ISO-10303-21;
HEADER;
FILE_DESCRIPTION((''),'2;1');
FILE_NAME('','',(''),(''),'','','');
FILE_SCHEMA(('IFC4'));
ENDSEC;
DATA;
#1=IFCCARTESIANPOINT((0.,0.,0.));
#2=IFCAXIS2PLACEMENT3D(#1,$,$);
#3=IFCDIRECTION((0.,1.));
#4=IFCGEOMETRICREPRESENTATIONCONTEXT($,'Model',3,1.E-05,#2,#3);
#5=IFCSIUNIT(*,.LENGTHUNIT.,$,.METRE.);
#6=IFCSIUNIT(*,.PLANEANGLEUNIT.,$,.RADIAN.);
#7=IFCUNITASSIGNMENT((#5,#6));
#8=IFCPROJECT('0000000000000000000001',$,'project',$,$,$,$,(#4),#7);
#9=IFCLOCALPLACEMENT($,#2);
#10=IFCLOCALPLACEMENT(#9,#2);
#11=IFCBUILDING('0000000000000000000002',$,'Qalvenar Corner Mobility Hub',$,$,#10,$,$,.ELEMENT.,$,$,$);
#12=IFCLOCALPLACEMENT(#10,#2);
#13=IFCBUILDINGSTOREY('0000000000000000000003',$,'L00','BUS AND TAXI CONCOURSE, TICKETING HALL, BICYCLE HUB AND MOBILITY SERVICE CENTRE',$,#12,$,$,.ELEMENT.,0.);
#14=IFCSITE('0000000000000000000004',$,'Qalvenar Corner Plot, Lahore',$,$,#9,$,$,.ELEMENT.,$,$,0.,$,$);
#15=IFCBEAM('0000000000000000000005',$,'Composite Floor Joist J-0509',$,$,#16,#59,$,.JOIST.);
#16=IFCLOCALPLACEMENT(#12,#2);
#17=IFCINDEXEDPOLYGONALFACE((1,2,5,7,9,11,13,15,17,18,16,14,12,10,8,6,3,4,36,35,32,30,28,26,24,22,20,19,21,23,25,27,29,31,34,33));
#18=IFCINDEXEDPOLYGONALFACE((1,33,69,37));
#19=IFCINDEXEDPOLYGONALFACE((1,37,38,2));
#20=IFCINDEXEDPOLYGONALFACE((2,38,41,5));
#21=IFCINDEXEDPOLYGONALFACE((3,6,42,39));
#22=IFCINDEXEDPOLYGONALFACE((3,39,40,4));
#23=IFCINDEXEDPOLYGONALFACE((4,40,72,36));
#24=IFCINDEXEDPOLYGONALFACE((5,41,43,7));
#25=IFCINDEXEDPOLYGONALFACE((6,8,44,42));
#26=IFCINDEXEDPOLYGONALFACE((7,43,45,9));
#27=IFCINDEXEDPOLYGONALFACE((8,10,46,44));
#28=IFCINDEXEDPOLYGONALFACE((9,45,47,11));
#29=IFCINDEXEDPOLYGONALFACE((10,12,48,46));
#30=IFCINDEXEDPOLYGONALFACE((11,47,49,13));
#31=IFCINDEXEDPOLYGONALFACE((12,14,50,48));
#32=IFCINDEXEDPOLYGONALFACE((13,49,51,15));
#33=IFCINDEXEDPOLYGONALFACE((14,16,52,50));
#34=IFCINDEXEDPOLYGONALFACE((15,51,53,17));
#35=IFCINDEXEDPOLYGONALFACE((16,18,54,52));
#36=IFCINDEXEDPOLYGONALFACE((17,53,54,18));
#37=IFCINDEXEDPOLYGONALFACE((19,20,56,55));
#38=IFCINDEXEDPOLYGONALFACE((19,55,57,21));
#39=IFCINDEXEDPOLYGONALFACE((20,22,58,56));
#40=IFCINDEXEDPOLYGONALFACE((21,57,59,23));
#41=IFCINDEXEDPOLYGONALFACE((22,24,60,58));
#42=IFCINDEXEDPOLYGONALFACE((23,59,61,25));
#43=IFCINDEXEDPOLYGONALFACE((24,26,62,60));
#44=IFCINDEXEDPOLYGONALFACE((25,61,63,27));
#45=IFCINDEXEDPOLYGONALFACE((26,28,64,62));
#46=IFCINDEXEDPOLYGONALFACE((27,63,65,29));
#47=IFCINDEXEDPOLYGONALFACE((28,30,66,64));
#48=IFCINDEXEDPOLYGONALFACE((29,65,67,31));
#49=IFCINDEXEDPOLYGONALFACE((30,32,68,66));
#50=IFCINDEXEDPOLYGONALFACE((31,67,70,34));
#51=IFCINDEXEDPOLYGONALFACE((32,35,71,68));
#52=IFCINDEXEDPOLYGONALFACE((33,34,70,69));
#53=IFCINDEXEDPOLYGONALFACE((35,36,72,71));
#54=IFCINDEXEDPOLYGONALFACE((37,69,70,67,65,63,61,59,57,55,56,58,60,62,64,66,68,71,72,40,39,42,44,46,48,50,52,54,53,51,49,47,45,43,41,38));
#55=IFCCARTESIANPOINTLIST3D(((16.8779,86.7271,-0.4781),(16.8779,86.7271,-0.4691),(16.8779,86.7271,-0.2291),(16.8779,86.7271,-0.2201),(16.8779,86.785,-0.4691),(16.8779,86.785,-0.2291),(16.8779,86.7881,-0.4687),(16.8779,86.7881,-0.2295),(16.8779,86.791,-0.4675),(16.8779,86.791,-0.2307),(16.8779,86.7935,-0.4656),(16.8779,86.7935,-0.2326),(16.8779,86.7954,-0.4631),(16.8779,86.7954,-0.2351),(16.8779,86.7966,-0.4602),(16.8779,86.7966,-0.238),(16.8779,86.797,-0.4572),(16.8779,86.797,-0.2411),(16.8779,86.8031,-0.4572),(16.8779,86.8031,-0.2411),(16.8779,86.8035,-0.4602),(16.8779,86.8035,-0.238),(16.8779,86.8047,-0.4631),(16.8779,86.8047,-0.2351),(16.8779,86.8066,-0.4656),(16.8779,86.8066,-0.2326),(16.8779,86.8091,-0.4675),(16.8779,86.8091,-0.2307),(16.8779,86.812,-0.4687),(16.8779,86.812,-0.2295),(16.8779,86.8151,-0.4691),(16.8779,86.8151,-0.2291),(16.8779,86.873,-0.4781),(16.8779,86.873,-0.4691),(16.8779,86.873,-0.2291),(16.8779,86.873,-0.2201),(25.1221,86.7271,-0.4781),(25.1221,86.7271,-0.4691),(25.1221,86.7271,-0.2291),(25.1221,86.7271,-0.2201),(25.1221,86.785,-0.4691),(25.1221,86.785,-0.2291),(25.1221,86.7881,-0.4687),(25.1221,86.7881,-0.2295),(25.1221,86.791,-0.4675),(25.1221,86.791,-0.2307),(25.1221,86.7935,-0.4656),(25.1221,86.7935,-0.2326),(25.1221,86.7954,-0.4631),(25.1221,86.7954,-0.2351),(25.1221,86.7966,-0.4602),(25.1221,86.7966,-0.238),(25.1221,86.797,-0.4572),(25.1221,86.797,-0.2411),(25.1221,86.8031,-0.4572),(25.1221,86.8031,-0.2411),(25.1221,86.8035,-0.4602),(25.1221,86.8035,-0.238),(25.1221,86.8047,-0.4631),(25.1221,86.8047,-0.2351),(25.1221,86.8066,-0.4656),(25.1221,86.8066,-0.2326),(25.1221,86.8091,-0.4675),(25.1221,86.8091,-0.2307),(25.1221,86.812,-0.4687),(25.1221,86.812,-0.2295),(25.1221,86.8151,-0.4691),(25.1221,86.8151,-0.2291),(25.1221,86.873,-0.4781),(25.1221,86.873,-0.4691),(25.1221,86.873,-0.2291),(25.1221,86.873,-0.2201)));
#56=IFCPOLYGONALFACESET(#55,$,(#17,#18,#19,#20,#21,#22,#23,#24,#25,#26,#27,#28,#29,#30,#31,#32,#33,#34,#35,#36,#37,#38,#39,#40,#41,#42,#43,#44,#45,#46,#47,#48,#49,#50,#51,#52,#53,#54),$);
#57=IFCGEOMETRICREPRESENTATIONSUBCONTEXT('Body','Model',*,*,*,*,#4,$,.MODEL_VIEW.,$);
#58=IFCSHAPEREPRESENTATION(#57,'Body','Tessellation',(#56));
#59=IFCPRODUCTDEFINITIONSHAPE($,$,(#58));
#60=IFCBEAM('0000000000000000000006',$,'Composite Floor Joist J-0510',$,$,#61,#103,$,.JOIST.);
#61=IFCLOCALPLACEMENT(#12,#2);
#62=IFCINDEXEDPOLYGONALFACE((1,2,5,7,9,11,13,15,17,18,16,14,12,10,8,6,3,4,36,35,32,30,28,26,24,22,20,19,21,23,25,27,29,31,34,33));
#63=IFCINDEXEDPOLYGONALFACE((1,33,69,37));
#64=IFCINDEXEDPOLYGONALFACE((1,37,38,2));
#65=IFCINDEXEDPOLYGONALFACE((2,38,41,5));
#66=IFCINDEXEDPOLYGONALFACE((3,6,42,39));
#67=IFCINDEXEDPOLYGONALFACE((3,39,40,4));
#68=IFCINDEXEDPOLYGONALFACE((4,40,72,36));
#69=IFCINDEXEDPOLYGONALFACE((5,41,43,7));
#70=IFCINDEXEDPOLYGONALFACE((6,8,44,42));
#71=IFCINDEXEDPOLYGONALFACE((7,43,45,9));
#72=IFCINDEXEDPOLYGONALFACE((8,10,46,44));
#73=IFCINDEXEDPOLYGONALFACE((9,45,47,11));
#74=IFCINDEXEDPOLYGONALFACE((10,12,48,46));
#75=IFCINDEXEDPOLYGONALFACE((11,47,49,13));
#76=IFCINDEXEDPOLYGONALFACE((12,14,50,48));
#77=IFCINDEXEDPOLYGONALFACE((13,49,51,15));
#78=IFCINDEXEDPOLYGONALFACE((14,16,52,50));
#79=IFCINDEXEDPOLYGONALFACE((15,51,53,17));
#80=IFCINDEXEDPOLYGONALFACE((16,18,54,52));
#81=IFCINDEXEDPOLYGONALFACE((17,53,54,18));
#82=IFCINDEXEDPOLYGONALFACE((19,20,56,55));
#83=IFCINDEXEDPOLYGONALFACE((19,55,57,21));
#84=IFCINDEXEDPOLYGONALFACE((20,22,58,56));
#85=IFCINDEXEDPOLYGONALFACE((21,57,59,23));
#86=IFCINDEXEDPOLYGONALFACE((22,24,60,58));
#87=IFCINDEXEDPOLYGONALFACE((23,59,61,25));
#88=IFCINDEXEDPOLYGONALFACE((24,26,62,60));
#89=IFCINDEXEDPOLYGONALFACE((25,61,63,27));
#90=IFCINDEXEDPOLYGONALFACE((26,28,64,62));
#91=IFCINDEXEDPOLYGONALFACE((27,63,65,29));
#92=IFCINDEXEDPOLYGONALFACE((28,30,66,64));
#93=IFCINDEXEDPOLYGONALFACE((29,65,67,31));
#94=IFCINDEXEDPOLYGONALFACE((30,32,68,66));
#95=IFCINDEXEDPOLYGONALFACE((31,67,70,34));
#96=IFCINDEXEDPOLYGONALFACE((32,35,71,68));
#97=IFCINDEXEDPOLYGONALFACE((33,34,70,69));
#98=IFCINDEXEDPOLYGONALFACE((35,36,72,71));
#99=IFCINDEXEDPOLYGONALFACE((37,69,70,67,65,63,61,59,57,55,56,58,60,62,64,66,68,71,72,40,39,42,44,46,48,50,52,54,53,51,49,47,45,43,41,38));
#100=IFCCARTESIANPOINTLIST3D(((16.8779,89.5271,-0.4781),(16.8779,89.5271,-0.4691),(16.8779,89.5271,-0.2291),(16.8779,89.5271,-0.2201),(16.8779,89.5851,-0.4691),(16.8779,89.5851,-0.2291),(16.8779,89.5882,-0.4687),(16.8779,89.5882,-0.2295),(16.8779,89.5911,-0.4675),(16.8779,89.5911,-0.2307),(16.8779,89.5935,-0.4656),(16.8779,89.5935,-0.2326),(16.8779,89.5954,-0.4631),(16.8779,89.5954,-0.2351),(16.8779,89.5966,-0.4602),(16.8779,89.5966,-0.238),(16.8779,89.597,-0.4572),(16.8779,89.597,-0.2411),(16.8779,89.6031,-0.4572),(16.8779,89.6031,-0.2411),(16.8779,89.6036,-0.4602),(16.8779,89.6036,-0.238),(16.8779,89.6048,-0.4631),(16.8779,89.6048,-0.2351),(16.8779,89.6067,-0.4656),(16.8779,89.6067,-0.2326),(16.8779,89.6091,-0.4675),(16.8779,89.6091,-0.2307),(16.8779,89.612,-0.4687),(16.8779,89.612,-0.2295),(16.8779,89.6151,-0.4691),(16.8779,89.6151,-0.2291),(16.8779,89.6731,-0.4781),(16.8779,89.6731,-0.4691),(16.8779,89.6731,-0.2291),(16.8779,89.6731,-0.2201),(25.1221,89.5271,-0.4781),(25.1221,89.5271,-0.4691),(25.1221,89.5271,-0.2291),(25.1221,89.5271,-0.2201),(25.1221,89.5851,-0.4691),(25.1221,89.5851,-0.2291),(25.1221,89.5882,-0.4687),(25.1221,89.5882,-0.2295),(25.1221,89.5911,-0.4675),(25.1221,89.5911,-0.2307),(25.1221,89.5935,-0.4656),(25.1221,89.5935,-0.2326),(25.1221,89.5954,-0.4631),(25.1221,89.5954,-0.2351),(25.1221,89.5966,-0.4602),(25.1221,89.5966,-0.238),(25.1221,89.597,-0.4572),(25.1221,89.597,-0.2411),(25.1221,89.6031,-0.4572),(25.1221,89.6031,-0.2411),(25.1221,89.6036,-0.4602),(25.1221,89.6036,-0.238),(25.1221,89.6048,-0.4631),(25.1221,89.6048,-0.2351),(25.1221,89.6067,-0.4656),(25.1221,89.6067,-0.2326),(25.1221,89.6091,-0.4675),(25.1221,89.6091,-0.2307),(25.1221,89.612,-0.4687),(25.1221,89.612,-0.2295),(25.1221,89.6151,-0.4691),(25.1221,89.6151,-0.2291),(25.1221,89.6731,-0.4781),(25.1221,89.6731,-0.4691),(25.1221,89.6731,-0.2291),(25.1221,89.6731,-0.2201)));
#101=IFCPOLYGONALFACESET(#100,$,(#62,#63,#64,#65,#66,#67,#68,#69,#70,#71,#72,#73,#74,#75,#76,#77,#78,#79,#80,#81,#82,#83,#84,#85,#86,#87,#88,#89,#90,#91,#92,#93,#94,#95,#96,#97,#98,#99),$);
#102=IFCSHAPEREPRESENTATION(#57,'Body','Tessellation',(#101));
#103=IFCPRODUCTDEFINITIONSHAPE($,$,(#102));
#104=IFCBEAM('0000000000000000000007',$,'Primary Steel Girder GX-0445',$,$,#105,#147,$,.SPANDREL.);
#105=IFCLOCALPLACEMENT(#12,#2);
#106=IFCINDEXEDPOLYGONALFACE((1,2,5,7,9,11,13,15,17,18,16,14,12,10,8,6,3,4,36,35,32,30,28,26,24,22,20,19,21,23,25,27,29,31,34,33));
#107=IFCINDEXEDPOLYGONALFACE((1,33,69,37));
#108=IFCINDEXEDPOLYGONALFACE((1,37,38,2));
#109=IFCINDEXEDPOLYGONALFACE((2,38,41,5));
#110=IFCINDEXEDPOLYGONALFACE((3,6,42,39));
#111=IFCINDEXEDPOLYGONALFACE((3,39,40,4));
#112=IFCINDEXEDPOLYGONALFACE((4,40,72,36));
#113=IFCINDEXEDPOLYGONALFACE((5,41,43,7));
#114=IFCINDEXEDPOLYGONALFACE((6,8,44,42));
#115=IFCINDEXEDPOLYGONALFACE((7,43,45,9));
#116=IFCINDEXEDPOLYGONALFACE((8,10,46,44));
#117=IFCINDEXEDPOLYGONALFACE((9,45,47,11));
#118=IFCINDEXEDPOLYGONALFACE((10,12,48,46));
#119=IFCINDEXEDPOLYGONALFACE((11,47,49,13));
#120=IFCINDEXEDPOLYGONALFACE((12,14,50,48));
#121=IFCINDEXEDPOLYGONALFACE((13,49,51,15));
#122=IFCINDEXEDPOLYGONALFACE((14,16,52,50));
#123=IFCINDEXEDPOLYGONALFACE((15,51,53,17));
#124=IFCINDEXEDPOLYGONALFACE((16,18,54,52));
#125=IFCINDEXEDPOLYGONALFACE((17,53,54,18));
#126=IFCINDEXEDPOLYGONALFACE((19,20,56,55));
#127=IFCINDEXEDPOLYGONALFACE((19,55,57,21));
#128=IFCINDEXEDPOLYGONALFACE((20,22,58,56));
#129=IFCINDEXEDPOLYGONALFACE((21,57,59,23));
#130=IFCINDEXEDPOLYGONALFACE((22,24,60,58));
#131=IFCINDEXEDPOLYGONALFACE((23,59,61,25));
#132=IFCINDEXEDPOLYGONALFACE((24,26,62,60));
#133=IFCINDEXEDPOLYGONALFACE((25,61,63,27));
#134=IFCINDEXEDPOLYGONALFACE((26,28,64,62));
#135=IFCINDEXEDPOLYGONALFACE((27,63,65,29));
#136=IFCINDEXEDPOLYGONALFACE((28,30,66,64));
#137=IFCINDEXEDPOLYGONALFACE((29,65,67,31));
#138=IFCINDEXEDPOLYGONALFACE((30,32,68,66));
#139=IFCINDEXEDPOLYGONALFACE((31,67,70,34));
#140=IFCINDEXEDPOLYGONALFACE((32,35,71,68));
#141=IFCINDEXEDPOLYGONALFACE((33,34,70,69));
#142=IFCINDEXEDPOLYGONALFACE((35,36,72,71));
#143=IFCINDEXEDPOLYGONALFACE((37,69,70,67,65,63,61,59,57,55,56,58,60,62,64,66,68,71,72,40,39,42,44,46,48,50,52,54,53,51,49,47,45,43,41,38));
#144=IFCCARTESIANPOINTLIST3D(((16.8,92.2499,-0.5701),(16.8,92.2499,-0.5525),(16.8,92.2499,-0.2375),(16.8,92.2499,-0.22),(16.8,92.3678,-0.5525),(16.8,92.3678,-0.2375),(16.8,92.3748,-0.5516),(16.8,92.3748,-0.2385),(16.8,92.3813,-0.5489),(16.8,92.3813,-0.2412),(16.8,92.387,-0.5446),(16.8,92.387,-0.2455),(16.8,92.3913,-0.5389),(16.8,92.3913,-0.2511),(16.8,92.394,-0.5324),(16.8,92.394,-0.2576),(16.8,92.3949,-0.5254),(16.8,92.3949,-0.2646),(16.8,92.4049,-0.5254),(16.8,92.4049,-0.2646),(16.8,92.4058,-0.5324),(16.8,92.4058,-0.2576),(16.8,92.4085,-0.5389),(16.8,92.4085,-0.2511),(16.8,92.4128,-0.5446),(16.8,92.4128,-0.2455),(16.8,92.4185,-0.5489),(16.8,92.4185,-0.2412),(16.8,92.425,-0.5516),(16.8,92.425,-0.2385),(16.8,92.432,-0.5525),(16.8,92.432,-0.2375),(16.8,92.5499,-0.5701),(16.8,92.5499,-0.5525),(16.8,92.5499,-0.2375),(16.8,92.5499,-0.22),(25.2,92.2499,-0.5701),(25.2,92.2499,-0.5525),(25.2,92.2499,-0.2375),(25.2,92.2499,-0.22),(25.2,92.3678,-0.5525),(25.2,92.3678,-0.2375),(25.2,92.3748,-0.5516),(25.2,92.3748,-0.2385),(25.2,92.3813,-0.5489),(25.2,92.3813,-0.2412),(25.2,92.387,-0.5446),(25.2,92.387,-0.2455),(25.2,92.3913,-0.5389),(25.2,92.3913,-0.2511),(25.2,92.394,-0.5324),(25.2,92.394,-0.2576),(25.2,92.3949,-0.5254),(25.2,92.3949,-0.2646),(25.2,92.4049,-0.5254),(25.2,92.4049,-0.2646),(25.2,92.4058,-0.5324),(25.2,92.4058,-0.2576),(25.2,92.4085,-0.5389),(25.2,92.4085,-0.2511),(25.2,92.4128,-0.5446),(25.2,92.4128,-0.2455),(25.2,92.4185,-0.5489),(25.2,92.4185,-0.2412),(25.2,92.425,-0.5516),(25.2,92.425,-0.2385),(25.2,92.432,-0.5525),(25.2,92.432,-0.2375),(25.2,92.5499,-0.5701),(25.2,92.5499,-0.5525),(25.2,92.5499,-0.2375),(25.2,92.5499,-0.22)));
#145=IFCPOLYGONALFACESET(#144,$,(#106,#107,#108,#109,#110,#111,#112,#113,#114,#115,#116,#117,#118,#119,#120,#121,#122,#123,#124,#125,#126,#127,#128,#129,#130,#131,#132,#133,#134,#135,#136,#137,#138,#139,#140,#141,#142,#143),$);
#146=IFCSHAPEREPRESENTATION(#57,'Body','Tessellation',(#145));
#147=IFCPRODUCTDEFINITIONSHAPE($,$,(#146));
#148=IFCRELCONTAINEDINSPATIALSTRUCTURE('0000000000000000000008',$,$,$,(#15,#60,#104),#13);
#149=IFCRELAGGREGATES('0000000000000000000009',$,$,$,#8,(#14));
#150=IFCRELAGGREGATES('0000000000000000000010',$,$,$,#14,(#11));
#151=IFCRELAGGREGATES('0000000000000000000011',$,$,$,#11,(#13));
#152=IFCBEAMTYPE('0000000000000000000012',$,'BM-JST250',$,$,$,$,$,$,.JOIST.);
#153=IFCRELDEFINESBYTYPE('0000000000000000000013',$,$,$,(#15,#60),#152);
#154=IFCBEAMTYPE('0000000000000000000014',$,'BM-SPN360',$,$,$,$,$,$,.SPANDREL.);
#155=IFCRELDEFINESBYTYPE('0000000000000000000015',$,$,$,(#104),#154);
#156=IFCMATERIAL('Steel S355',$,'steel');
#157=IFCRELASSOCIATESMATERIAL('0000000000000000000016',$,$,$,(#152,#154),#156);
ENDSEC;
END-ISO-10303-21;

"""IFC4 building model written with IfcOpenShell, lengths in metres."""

from ifc_helpers import new_model, si_unit, direction, frame, origin, origin_2d, place, context, subcontext, project, spatial, i_section, extrude, material, material_profile, profile_set, type_object, element, save


model = new_model("IFC4")

# Units and contexts
model_context = context("Model", 3, precision=1e-05, world=origin(), true_north=direction((0.0, 1.0)))
body_context = subcontext(model_context, "Body", "Model", "MODEL_VIEW")
ifc_project = project(units=[si_unit("LENGTHUNIT", "METRE"), si_unit("PLANEANGLEUNIT", "RADIAN")], contexts=[model_context])

# Site, building, storey
site_placement = place(None, origin())
site = spatial("IfcSite", under=ifc_project, at=site_placement, Name="Qalvenar Corner Plot, Lahore", CompositionType="ELEMENT", RefElevation=0.0)
building_placement = place(site_placement, origin())
building = spatial("IfcBuilding", under=site, at=building_placement, Name="Qalvenar Corner Mobility Hub", CompositionType="ELEMENT")
storey_placement = place(building_placement, origin())
storey = spatial("IfcBuildingStorey", under=building, at=storey_placement, Name="L00", Description="BUS AND TAXI CONCOURSE, TICKETING HALL, BICYCLE HUB AND MOBILITY SERVICE CENTRE", CompositionType="ELEMENT", Elevation=0.0)

# Shared definitions
ifc_material_1 = material(Name="Steel S355", Category="steel")

# Beams
ifc_material_profile_1 = material_profile(ifc_material_1, i_section(OverallWidth=0.146, OverallDepth=0.2581, WebThickness=0.0061, FlangeThickness=0.009, FilletRadius=0.012, at=origin_2d()), Name="W250x32.7")
ifc_profile_set_1 = profile_set([ifc_material_profile_1], Name="Steel S355")
beam_type_1 = type_object("IfcBeamType", Name="BM-JST250", PredefinedType="JOIST", material=ifc_profile_set_1)
for number, where, z_axis, x_axis, name in (
    (1, (16.8779, 86.8, -0.3491), (1.0, 0.0, 0.0), (0.0, 1.0, 0.0), "Composite Floor Joist J-0509"),
    (2, (16.8779, 89.6001, -0.3491), (1.0, 0.0, 0.0), (0.0, 1.0, 0.0), "Composite Floor Joist J-0510"),
):
    element("IfcBeam", number, at=place(storey_placement, frame(where, z_axis=z_axis, x_axis=x_axis)), inside=storey, type_object=beam_type_1, Name=name, PredefinedType="JOIST", context=body_context, shape_type="SweptSolid", body=[
        extrude(i_section(OverallWidth=0.146, OverallDepth=0.2581, WebThickness=0.0061, FlangeThickness=0.009, FilletRadius=0.012, at=origin_2d()), origin(), (0.0, 0.0, 1.0), 8.2441),
    ])
ifc_material_profile_2 = material_profile(ifc_material_1, i_section(OverallWidth=0.3, OverallDepth=0.3501, WebThickness=0.01, FlangeThickness=0.0176, FilletRadius=0.0271, at=origin_2d()), Name="HEA360")
ifc_profile_set_2 = profile_set([ifc_material_profile_2], Name="Steel S355")
beam_type_2 = type_object("IfcBeamType", Name="BM-SPN360", PredefinedType="SPANDREL", material=ifc_profile_set_2)
beam_1_placement = place(storey_placement, frame((16.8, 92.3999, -0.395), z_axis=(1.0, 0.0, 0.0), x_axis=(0.0, 1.0, 0.0)))
element("IfcBeam", 3, at=beam_1_placement, inside=storey, type_object=beam_type_2, Name="Primary Steel Girder GX-0445", PredefinedType="SPANDREL", context=body_context, shape_type="SweptSolid", body=[
    extrude(i_section(OverallWidth=0.3, OverallDepth=0.3501, WebThickness=0.01, FlangeThickness=0.0176, FilletRadius=0.0271, at=origin_2d()), origin(), (0.0, 0.0, 1.0), 8.3999),
])

save(model, "model.ifc")
